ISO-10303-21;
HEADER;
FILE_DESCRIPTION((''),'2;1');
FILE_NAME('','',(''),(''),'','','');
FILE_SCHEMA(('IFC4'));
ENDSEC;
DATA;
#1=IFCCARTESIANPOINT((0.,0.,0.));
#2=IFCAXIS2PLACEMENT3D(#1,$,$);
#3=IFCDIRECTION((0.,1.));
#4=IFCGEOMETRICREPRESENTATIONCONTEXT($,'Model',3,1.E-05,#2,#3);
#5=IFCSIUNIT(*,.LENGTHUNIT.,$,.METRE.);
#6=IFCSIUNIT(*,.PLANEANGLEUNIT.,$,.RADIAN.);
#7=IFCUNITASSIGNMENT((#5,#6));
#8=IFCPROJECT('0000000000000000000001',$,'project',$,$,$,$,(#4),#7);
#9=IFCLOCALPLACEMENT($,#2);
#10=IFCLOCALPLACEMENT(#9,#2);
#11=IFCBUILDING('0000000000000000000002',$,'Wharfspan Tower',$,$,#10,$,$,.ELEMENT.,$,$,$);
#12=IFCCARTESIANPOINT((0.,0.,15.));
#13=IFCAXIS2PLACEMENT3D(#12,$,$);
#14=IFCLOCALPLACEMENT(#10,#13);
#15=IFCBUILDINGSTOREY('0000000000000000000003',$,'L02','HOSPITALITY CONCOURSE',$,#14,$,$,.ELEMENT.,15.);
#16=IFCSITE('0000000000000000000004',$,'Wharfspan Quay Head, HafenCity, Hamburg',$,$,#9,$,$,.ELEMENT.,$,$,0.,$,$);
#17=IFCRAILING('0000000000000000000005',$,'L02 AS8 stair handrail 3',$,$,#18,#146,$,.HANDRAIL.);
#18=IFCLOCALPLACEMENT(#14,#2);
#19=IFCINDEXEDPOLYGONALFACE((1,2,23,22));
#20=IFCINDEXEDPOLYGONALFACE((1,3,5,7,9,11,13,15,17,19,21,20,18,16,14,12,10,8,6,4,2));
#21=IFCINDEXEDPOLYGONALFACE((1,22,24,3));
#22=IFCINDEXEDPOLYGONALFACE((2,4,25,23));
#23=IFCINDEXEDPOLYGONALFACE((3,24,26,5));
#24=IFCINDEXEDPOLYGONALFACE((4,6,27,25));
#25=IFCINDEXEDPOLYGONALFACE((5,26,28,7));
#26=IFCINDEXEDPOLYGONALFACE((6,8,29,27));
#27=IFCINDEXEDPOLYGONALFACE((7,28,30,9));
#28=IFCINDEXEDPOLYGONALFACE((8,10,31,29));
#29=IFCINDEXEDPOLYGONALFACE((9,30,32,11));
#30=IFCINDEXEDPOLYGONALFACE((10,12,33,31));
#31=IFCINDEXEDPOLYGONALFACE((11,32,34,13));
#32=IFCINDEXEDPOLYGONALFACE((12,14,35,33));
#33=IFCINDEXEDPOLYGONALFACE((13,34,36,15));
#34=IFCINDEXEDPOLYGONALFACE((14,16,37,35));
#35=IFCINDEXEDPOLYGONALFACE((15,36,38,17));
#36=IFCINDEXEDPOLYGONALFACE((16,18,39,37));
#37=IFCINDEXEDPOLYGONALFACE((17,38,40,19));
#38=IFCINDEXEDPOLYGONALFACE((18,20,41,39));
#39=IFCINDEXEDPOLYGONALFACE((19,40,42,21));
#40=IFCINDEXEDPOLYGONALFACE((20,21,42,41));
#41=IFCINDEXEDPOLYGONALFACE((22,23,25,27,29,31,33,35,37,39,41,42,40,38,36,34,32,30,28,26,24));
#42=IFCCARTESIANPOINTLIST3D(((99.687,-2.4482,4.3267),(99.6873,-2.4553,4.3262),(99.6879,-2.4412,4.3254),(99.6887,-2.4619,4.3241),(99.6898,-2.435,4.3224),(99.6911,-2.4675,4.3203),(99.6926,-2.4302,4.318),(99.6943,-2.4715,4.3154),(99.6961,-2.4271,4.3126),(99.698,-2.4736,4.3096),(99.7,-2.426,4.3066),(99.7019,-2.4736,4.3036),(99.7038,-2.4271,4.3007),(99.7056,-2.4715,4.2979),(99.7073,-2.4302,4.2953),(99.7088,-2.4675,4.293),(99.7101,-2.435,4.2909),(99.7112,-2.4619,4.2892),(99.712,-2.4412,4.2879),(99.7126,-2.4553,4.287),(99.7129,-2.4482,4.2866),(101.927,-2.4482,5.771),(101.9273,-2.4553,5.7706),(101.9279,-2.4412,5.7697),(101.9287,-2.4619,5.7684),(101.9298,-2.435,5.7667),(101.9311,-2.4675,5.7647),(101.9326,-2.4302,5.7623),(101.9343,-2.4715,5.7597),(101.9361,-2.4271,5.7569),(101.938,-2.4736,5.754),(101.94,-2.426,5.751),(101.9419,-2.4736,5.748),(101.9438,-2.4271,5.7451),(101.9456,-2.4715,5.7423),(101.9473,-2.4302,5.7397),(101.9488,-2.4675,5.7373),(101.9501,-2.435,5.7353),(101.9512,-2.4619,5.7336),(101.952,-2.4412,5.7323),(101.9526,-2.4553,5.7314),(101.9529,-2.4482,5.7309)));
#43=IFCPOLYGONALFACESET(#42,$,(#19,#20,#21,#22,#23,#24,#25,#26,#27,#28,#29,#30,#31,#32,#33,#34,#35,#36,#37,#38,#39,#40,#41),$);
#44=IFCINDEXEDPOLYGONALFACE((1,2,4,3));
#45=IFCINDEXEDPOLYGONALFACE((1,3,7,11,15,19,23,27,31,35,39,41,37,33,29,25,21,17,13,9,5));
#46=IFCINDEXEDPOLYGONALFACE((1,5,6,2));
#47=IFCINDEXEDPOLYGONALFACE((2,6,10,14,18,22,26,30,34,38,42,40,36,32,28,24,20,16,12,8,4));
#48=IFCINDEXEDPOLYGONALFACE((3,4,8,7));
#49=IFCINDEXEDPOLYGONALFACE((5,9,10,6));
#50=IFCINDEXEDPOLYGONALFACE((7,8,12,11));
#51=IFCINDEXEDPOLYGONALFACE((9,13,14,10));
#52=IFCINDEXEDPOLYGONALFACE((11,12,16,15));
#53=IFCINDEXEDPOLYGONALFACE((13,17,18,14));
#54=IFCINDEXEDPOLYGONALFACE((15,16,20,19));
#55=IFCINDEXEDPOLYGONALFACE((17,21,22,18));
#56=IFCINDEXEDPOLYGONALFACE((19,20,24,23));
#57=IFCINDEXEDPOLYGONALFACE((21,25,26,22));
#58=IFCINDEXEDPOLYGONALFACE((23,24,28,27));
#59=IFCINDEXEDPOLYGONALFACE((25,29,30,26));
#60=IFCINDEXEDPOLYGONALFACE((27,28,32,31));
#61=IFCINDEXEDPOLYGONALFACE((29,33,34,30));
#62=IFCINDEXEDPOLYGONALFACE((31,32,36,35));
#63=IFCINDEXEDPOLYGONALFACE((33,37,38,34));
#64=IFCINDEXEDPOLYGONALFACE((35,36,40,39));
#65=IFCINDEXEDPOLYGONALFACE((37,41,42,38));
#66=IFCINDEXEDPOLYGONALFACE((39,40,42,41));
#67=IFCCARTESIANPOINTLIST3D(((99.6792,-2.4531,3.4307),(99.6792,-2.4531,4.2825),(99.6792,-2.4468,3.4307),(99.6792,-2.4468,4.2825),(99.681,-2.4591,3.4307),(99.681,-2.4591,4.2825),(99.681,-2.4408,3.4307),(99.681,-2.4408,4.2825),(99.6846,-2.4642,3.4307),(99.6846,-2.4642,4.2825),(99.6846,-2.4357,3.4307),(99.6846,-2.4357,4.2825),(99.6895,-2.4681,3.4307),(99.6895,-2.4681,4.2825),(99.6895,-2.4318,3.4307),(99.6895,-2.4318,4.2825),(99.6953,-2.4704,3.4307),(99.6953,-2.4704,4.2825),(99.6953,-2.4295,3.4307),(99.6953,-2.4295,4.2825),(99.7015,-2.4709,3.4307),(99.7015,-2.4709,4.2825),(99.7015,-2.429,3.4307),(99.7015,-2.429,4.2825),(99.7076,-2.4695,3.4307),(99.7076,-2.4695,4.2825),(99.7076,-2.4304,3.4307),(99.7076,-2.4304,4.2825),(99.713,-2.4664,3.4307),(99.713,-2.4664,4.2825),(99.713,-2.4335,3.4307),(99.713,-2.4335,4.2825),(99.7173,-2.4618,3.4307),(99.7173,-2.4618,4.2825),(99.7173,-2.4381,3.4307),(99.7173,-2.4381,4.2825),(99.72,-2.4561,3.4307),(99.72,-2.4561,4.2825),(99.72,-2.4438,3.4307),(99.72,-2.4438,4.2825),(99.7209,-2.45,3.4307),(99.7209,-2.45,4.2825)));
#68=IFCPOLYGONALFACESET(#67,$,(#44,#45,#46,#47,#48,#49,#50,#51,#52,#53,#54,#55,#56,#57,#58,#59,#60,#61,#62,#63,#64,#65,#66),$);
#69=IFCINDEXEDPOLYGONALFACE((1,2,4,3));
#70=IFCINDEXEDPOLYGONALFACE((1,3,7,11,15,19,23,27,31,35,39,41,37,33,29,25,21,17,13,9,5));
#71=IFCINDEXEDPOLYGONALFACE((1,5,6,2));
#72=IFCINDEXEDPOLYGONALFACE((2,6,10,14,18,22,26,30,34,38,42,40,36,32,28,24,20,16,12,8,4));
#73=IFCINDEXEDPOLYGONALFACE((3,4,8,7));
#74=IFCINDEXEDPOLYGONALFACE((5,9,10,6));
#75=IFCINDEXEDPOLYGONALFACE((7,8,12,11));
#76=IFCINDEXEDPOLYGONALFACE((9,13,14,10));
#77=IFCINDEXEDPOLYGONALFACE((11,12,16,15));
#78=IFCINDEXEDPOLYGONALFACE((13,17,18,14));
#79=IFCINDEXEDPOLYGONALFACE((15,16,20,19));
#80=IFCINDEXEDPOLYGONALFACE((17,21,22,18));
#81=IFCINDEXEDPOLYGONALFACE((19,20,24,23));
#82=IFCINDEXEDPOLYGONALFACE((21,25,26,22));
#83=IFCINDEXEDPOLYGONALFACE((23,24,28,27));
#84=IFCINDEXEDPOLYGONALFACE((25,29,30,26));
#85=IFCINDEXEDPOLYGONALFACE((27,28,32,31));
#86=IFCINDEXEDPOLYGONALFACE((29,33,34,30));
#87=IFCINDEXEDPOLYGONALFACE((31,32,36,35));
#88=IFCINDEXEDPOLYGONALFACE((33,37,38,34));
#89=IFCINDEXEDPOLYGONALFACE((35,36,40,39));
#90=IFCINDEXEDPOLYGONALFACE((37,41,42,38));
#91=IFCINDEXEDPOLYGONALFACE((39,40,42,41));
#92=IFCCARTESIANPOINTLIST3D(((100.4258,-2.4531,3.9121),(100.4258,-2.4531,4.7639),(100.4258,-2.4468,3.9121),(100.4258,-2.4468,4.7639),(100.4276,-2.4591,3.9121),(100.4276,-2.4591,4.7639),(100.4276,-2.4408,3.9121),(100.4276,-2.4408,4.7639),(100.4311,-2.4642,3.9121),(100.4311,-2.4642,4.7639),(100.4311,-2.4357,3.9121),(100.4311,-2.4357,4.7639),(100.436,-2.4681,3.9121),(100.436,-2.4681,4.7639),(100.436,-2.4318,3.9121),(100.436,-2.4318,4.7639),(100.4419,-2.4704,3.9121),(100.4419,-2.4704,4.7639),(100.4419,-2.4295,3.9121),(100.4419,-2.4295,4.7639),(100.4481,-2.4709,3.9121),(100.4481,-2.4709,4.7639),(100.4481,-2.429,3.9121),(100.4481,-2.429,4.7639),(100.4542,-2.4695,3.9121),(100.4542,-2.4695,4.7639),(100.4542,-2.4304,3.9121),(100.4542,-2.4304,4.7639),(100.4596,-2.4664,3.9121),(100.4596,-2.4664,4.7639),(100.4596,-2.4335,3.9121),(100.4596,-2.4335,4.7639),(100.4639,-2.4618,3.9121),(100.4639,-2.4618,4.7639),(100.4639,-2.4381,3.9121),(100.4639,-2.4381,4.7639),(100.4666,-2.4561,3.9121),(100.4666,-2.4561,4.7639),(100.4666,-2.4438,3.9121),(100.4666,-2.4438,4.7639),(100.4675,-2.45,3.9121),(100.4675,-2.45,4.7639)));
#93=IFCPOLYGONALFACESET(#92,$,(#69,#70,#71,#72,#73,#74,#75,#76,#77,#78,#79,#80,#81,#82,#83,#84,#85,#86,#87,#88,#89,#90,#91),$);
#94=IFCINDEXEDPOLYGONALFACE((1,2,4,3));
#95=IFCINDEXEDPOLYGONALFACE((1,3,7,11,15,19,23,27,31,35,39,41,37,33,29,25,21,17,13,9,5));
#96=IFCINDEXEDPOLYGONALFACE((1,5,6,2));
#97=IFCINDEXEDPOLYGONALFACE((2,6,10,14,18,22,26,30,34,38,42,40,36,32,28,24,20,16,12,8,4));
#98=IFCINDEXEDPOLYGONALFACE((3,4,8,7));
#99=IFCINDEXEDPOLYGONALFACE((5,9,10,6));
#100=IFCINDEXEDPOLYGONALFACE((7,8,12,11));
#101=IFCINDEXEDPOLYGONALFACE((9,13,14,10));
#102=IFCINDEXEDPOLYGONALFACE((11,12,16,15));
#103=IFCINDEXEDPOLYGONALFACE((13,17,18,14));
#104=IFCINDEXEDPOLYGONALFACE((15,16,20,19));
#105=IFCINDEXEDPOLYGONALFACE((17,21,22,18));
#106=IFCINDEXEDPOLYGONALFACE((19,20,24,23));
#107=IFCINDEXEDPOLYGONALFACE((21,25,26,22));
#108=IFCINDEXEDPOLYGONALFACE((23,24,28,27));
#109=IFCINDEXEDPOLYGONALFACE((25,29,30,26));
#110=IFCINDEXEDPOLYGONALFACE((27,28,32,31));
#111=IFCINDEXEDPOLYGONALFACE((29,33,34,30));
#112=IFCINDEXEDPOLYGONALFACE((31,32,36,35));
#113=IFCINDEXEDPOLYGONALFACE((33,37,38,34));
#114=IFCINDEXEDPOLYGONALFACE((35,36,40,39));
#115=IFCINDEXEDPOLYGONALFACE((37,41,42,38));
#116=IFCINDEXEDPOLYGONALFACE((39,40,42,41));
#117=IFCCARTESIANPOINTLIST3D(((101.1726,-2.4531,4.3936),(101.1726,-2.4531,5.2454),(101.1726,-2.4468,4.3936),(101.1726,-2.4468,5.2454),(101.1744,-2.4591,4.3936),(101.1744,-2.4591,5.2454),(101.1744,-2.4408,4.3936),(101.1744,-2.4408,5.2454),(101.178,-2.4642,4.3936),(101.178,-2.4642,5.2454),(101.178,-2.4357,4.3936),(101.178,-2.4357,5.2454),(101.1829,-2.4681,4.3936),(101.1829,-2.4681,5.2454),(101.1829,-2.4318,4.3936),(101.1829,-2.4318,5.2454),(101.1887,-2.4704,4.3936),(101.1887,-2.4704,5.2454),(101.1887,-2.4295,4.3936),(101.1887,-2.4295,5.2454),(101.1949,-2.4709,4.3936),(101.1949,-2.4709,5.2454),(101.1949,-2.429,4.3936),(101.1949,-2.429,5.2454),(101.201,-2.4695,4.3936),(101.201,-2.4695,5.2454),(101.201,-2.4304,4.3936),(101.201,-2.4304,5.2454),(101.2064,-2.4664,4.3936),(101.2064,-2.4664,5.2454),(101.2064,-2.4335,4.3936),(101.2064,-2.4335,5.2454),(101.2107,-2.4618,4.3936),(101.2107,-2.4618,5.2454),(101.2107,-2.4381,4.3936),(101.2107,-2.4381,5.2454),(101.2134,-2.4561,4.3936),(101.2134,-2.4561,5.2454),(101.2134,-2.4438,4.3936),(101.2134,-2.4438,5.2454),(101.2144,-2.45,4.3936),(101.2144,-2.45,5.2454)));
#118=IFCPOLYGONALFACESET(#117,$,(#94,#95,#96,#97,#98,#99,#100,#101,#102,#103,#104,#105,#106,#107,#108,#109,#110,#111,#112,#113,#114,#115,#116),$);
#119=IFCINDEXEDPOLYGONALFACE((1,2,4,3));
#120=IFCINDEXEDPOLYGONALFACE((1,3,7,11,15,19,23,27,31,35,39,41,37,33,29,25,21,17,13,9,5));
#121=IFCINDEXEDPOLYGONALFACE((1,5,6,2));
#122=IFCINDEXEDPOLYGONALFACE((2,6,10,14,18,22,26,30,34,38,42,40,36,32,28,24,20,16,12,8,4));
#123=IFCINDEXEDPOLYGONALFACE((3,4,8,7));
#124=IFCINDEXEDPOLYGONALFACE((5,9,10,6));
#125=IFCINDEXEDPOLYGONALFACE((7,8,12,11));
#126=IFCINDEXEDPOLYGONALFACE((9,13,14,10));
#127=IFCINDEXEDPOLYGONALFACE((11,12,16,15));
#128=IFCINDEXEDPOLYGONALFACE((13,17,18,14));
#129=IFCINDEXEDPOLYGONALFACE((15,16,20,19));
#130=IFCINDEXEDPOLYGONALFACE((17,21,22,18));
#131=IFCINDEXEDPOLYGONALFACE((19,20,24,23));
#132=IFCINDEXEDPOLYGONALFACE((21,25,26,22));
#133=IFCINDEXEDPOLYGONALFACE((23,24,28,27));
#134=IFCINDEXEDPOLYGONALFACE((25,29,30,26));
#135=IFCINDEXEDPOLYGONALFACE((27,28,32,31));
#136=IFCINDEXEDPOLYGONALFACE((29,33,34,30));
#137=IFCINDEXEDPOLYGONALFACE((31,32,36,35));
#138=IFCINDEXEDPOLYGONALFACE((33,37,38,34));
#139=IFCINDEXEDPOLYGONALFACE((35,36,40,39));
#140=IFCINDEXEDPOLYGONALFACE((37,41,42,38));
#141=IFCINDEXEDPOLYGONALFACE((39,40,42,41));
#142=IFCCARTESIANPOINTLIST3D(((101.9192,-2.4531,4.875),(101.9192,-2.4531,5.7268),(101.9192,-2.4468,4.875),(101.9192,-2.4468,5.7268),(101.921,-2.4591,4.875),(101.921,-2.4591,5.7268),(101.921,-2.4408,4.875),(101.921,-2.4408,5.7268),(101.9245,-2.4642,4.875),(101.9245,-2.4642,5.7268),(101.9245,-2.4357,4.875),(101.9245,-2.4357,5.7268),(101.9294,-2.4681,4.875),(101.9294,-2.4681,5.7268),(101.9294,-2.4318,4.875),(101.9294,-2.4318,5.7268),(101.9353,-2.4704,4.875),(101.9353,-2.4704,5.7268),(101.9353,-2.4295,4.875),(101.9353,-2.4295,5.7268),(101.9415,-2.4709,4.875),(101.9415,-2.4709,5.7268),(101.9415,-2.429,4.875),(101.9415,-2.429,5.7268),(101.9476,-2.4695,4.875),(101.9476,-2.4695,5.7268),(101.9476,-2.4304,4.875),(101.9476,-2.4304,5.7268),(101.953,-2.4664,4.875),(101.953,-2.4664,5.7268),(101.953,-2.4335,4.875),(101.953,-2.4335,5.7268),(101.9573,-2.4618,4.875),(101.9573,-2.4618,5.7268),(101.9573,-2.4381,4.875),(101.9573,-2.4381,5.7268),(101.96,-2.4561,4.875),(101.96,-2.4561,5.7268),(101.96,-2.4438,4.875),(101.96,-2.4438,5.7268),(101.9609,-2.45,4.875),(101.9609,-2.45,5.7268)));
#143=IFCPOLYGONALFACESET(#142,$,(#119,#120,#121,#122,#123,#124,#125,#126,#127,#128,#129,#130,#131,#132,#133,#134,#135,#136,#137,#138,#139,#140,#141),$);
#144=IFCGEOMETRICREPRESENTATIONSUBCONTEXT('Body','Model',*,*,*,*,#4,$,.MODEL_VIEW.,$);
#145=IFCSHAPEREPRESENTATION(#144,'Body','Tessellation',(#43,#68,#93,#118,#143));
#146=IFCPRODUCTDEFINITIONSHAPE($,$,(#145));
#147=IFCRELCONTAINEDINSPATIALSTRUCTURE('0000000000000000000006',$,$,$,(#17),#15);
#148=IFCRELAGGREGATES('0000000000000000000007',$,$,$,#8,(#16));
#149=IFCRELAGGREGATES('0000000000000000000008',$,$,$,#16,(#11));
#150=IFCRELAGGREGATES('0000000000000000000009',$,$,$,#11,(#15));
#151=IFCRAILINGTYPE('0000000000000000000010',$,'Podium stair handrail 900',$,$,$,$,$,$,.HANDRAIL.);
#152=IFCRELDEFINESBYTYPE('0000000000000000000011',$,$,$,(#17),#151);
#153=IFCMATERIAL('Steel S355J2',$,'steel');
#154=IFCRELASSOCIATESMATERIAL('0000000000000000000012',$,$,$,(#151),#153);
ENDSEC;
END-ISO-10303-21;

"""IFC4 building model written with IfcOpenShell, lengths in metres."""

from ifc_helpers import new_model, si_unit, direction, frame, origin, origin_2d, place, context, subcontext, project, spatial, circle, extrude, material, type_object, element, save


model = new_model("IFC4")

# Units and contexts
model_context = context("Model", 3, precision=1e-05, world=origin(), true_north=direction((0.0, 1.0)))
body_context = subcontext(model_context, "Body", "Model", "MODEL_VIEW")
ifc_project = project(units=[si_unit("LENGTHUNIT", "METRE"), si_unit("PLANEANGLEUNIT", "RADIAN")], contexts=[model_context])

# Site, building, storey
site_placement = place(None, origin())
site = spatial("IfcSite", under=ifc_project, at=site_placement, Name="Wharfspan Quay Head, HafenCity, Hamburg", CompositionType="ELEMENT", RefElevation=0.0)
building_placement = place(site_placement, origin())
building = spatial("IfcBuilding", under=site, at=building_placement, Name="Wharfspan Tower", CompositionType="ELEMENT")
storey_placement = place(building_placement, frame((0.0, 0.0, 15.0)))
storey = spatial("IfcBuildingStorey", under=building, at=storey_placement, Name="L02", Description="HOSPITALITY CONCOURSE", CompositionType="ELEMENT", Elevation=15.0)

# Railing
ifc_material_1 = material(Name="Steel S355J2", Category="steel")
railing_type_1 = type_object("IfcRailingType", Name="Podium stair handrail 900", PredefinedType="HANDRAIL", material=ifc_material_1)
for number, where, name in (
    (1, (99.7, -2.45, 3.4307), "L02 AS8 stair handrail 3"),
):
    element("IfcRailing", number, at=place(storey_placement, frame(where)), inside=storey, type_object=railing_type_1, Name=name, PredefinedType="HANDRAIL", context=body_context, shape_type="SweptSolid", body=[
        extrude(circle(Radius=0.0239, at=origin_2d()), frame((0.0, 0.0, 0.876), z_axis=(0.840437, 0.0, 0.54191), x_axis=(0.0, 1.0, 0.0)), (0.0, 0.0, 1.0), 2.6653),
        extrude(circle(Radius=0.021, at=origin_2d()), origin(), (0.0, 0.0, 1.0), 0.8518),
        extrude(circle(Radius=0.021, at=origin_2d()), frame((0.7466, 0.0, 0.4814)), (0.0, 0.0, 1.0), 0.8518),
        extrude(circle(Radius=0.021, at=origin_2d()), frame((1.4934, 0.0, 0.9629)), (0.0, 0.0, 1.0), 0.8518),
        extrude(circle(Radius=0.021, at=origin_2d()), frame((2.24, 0.0, 1.4443)), (0.0, 0.0, 1.0), 0.8518),
    ])

save(model, "model.ifc")
